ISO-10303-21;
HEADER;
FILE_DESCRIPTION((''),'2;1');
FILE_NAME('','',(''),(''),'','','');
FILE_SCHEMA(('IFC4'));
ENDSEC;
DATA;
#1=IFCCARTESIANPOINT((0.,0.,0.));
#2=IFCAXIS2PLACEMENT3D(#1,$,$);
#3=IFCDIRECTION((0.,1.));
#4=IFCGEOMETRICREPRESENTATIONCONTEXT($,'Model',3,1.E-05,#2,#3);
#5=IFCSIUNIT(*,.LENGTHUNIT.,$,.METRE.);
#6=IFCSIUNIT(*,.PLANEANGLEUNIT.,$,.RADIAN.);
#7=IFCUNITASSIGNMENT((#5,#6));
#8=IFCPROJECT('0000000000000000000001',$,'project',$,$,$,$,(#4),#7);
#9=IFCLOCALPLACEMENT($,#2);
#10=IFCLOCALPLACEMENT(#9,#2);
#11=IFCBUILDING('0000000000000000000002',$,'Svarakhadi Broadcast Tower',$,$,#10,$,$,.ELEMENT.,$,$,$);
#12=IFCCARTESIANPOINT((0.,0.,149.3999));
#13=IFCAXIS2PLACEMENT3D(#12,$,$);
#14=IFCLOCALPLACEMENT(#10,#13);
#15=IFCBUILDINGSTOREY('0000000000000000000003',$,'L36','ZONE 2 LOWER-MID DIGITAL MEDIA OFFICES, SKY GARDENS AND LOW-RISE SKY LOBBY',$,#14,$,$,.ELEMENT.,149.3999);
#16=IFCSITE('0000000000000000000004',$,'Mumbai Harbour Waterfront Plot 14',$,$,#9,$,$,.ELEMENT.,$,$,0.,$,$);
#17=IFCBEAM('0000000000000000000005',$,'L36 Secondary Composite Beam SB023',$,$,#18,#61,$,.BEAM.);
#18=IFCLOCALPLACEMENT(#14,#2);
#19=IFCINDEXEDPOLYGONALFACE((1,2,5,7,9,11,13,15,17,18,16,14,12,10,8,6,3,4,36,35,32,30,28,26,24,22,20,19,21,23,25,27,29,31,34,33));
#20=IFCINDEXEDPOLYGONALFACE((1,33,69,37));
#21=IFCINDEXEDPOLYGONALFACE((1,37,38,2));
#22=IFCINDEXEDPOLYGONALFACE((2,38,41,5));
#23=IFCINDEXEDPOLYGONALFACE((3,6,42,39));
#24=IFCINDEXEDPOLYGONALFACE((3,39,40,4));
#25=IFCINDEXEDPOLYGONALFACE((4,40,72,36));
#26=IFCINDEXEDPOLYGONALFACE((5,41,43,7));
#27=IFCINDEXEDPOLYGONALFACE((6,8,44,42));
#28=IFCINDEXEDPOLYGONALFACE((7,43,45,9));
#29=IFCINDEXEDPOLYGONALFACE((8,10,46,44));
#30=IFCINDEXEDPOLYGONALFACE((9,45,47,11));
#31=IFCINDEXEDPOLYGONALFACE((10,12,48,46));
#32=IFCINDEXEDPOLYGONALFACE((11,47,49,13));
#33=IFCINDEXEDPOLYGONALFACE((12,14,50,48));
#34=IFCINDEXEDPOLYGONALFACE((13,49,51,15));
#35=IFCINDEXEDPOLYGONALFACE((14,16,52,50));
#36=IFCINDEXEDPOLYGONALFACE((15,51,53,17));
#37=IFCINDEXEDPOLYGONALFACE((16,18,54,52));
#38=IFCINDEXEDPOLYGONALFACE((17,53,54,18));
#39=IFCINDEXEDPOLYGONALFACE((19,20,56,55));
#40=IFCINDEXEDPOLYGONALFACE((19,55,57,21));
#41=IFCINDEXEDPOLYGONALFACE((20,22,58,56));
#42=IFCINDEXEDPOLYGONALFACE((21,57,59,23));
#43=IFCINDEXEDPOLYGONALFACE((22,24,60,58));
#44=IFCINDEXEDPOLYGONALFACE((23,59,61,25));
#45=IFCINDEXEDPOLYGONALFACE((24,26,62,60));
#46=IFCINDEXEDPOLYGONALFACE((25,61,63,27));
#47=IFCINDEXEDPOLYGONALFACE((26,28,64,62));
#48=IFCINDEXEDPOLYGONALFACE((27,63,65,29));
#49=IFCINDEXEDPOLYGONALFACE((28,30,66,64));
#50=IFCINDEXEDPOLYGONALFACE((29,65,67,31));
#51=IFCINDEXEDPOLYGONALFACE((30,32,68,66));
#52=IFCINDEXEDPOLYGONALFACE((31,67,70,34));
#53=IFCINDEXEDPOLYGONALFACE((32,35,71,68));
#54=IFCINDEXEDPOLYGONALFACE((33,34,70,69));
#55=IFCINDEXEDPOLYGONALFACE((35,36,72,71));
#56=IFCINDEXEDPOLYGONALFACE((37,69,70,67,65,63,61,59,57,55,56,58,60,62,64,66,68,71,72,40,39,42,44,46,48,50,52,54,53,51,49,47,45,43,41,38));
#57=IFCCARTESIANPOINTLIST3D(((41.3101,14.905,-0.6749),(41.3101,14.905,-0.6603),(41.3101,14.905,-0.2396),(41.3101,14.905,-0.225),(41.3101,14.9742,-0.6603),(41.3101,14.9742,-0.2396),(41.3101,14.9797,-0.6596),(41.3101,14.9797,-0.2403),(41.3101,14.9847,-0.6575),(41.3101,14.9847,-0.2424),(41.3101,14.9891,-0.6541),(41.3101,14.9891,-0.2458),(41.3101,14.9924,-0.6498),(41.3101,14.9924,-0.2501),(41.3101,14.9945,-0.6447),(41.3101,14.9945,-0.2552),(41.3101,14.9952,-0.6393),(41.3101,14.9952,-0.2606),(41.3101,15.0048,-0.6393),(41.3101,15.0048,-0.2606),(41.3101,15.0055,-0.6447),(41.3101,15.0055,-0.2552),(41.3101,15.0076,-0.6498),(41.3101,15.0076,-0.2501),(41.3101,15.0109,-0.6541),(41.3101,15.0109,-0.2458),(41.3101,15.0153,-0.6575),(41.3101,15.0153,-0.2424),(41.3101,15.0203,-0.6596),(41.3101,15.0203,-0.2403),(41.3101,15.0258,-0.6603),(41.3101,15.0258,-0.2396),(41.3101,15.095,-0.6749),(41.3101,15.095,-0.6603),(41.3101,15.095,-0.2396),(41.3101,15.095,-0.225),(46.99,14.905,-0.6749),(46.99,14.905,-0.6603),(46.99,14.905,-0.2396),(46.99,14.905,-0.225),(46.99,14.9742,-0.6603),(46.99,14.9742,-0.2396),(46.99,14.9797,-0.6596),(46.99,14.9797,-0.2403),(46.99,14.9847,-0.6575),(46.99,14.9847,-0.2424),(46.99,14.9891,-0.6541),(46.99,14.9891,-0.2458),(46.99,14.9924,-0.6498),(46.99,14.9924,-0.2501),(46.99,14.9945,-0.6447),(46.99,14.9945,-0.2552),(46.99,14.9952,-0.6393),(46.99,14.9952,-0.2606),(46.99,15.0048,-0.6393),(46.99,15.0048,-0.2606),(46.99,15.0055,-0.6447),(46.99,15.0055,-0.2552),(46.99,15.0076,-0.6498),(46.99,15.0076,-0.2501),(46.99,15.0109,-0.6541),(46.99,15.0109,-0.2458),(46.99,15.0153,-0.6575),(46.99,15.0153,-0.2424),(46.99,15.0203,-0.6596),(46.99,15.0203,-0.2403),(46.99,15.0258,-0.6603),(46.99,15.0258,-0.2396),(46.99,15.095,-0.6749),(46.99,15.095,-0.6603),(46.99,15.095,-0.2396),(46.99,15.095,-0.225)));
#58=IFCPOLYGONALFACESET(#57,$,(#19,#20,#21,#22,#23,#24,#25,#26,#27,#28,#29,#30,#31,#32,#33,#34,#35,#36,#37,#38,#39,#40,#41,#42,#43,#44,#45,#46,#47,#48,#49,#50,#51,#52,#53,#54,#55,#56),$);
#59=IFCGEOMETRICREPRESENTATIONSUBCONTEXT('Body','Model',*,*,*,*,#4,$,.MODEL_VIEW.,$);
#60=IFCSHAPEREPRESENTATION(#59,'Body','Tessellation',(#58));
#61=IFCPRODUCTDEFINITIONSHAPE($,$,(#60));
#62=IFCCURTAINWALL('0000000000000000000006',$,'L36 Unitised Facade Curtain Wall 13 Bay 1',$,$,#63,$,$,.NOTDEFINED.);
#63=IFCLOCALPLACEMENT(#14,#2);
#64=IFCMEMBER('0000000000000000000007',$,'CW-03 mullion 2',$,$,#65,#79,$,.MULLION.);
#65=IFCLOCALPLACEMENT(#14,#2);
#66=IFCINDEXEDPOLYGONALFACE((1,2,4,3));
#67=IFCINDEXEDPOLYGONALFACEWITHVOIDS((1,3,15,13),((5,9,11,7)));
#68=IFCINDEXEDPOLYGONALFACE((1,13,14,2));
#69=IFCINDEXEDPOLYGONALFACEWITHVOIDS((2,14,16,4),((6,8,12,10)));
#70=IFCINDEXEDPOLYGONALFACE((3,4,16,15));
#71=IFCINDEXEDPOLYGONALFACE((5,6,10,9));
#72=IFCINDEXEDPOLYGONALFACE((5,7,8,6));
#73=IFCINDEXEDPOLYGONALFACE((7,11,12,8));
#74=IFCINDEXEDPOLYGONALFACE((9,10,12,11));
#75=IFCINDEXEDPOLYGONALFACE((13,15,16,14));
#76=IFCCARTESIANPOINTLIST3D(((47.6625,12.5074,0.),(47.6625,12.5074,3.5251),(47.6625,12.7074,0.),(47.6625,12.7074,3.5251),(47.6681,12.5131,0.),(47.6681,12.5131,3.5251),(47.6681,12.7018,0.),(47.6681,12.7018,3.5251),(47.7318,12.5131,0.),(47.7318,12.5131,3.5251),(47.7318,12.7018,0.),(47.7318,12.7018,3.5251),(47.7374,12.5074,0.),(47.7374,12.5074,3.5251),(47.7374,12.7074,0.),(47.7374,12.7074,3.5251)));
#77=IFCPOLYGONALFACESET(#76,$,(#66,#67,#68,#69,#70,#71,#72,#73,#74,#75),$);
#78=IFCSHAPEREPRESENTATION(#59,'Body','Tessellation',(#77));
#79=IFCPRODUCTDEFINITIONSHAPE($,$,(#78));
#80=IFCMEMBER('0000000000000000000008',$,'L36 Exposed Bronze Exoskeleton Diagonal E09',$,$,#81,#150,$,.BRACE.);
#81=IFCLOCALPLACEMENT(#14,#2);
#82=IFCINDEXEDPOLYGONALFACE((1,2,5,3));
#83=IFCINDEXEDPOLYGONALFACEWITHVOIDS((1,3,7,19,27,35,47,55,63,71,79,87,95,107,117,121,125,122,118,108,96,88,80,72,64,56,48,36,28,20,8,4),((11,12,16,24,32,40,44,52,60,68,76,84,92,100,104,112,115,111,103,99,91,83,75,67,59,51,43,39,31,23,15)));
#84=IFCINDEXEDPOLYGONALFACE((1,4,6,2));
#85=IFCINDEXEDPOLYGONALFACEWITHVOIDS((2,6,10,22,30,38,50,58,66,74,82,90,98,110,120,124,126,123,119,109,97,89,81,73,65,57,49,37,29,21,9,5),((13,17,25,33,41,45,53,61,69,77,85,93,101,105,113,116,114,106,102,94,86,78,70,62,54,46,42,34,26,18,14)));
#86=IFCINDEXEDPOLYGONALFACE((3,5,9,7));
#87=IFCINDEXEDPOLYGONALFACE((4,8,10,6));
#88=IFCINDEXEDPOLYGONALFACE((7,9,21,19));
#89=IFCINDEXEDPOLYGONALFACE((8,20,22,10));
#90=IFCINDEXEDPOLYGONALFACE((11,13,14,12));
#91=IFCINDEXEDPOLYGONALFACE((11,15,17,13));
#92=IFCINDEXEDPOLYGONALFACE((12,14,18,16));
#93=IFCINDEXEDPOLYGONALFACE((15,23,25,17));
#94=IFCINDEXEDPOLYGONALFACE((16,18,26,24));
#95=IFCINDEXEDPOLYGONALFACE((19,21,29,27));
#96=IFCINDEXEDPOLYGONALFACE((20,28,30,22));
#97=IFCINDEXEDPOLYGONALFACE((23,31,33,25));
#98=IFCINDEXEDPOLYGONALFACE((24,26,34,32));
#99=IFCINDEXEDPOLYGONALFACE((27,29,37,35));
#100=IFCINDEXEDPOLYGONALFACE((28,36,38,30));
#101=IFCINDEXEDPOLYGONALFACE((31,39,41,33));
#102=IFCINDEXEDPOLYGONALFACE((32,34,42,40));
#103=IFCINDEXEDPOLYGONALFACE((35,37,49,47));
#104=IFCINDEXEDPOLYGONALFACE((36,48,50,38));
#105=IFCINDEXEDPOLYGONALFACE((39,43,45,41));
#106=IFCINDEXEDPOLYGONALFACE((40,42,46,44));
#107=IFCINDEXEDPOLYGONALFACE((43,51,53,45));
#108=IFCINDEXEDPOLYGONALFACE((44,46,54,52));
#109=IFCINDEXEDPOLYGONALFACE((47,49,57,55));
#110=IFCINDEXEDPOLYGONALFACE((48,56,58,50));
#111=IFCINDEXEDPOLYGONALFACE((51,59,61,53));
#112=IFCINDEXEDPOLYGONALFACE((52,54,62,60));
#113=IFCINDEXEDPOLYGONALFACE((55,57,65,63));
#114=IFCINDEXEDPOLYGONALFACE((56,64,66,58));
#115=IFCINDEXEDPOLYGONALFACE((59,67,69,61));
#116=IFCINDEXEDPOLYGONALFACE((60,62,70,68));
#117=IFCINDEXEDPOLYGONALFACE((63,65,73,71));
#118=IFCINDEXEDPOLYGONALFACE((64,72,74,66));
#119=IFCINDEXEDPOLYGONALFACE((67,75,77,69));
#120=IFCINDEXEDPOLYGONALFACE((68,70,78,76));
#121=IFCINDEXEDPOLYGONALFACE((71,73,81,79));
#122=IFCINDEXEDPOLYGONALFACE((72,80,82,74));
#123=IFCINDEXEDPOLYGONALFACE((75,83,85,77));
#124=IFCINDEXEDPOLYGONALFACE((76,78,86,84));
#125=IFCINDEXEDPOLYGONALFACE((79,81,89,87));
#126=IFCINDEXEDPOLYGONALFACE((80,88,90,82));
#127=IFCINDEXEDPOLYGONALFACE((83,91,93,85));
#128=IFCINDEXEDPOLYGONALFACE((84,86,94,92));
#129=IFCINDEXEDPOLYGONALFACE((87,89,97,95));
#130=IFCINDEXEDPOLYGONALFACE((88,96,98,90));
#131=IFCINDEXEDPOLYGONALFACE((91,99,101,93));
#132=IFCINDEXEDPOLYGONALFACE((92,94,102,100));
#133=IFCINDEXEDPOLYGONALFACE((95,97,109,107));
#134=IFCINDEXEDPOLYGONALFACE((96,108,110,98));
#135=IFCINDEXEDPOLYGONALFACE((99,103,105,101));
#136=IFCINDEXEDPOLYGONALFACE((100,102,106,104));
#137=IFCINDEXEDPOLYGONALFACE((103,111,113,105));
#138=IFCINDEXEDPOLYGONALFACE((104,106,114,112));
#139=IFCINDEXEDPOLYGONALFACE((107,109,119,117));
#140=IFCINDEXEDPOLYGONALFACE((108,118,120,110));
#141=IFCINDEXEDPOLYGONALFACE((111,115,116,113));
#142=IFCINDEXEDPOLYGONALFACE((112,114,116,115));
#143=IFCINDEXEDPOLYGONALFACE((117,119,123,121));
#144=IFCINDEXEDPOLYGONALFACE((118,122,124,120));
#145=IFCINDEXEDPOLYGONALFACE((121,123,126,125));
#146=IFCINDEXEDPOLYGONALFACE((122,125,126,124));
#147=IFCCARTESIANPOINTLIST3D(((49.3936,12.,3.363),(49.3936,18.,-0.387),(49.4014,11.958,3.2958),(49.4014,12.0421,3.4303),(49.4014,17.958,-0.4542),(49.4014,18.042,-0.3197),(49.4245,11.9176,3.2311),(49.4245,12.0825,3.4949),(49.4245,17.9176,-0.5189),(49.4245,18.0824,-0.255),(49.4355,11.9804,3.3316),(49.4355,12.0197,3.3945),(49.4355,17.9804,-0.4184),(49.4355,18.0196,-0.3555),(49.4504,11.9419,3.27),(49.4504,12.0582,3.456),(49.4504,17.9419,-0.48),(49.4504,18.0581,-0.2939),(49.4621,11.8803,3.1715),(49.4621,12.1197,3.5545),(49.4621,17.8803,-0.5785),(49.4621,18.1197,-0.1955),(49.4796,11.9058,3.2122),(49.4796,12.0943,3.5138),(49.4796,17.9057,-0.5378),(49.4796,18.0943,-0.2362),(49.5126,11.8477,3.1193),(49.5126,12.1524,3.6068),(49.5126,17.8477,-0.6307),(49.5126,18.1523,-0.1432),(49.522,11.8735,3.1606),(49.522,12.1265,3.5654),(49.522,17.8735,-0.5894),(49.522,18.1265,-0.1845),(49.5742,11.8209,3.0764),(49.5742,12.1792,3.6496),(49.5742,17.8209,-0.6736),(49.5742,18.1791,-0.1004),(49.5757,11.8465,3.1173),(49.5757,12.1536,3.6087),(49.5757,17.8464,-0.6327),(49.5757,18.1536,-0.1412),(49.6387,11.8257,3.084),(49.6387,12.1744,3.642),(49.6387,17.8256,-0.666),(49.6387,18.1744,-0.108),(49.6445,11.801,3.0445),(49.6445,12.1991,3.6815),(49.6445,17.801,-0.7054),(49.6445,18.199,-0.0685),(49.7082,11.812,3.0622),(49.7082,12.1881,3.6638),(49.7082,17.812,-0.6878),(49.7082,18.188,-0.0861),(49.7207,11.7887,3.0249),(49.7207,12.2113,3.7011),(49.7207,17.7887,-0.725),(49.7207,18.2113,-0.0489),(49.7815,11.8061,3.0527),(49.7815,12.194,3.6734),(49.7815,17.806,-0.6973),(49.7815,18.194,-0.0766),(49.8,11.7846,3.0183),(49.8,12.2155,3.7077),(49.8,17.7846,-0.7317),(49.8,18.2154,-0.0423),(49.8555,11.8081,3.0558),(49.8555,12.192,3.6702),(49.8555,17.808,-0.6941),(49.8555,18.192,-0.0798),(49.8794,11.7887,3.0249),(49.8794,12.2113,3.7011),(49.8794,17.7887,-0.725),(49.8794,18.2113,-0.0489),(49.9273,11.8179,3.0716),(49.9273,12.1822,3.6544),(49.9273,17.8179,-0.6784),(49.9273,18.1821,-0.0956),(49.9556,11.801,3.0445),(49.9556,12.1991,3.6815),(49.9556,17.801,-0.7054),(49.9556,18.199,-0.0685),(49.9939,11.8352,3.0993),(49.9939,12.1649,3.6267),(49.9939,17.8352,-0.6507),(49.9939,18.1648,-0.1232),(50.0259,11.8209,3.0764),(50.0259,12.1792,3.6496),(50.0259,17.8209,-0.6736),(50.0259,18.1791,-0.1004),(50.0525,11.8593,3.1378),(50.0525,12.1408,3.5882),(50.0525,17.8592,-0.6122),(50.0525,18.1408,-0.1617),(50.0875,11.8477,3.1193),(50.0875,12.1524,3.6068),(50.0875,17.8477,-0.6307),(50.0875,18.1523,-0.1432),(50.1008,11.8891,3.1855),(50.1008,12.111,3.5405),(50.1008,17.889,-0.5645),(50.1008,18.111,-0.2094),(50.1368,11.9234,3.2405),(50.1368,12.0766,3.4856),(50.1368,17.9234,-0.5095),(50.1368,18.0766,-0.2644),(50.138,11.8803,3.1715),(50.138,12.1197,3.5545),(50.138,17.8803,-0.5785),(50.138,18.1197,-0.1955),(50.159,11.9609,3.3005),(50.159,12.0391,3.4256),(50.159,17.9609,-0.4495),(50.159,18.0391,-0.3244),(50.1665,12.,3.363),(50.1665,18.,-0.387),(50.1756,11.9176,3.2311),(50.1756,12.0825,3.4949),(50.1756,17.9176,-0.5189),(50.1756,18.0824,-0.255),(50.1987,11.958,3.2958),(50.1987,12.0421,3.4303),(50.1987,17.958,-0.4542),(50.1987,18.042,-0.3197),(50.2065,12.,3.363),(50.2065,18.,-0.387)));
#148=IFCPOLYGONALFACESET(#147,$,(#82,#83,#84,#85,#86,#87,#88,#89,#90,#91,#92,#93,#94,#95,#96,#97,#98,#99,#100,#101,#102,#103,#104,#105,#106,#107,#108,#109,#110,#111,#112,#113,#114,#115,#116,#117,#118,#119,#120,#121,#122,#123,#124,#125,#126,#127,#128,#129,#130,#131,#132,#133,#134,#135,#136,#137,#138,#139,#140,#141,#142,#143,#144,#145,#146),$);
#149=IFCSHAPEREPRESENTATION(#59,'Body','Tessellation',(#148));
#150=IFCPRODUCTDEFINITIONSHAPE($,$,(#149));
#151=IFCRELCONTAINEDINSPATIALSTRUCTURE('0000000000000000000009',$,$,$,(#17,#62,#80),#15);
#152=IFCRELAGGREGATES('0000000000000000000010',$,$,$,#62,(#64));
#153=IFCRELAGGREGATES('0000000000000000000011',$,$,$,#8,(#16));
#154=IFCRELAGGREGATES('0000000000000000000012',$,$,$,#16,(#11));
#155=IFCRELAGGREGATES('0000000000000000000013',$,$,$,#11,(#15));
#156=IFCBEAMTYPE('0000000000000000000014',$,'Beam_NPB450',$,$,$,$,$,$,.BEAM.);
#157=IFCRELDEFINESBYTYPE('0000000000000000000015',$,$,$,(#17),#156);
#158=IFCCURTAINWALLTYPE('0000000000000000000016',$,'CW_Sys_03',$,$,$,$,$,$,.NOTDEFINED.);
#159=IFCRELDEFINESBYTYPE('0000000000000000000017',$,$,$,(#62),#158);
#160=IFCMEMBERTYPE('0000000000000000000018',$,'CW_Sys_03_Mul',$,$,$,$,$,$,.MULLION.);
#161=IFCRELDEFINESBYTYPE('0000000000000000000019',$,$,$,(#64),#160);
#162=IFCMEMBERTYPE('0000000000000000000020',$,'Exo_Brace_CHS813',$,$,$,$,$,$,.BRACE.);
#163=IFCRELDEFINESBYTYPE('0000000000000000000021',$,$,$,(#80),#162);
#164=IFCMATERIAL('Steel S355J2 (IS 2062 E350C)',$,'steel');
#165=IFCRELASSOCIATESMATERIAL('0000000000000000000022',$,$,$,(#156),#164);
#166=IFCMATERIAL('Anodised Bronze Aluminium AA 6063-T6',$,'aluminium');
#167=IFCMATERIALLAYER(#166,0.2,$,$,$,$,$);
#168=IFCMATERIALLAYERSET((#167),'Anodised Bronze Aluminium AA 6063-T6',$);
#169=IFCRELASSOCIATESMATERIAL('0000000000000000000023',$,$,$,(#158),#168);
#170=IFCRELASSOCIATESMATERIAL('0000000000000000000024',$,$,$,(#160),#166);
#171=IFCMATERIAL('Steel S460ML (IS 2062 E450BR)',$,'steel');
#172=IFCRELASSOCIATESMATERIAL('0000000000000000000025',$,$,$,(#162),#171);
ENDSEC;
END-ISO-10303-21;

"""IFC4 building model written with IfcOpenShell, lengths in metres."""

from ifc_helpers import new_model, si_unit, direction, frame, origin, origin_2d, place, context, subcontext, project, spatial, hollow_rectangle, hollow_circle, i_section, extrude, material, layer, layer_set, material_profile, profile_set, type_object, element, aggregate, save


model = new_model("IFC4")

# Units and contexts
model_context = context("Model", 3, precision=1e-05, world=origin(), true_north=direction((0.0, 1.0)))
body_context = subcontext(model_context, "Body", "Model", "MODEL_VIEW")
ifc_project = project(units=[si_unit("LENGTHUNIT", "METRE"), si_unit("PLANEANGLEUNIT", "RADIAN")], contexts=[model_context])

# Site, building, storey
site_placement = place(None, origin())
site = spatial("IfcSite", under=ifc_project, at=site_placement, Name="Mumbai Harbour Waterfront Plot 14", CompositionType="ELEMENT", RefElevation=0.0)
building_placement = place(site_placement, origin())
building = spatial("IfcBuilding", under=site, at=building_placement, Name="Svarakhadi Broadcast Tower", CompositionType="ELEMENT")
storey_placement = place(building_placement, frame((0.0, 0.0, 149.3999)))
storey = spatial("IfcBuildingStorey", under=building, at=storey_placement, Name="L36", Description="ZONE 2 LOWER-MID DIGITAL MEDIA OFFICES, SKY GARDENS AND LOW-RISE SKY LOBBY", CompositionType="ELEMENT", Elevation=149.3999)

# Shared definitions
ifc_material_1 = material(Name="Steel S460ML (IS 2062 E450BR)", Category="steel")

# Beam
ifc_material_2 = material(Name="Steel S355J2 (IS 2062 E350C)", Category="steel")
ifc_material_profile_1 = material_profile(ifc_material_2, i_section(OverallWidth=0.1899, OverallDepth=0.45, WebThickness=0.0095, FlangeThickness=0.0146, FilletRadius=0.021, at=origin_2d()), Name="NPB 450x190x78")
ifc_profile_set_1 = profile_set([ifc_material_profile_1], Name="Steel S355J2 (IS 2062 E350C)")
beam_type_1 = type_object("IfcBeamType", Name="Beam_NPB450", PredefinedType="BEAM", material=ifc_profile_set_1)
for number, where, z_axis, x_axis, name in (
    (1, (41.3101, 15.0, -0.45), (1.0, 0.0, 0.0), (0.0, 1.0, 0.0), "L36 Secondary Composite Beam SB023"),
):
    element("IfcBeam", number, at=place(storey_placement, frame(where, z_axis=z_axis, x_axis=x_axis)), inside=storey, type_object=beam_type_1, Name=name, PredefinedType="BEAM", context=body_context, shape_type="SweptSolid", body=[
        extrude(i_section(OverallWidth=0.1899, OverallDepth=0.45, WebThickness=0.0095, FlangeThickness=0.0146, FilletRadius=0.021, at=origin_2d()), origin(), (0.0, 0.0, 1.0), 5.6799),
    ])

# Curtain wall, member
ifc_material_3 = material(Name="Anodised Bronze Aluminium AA 6063-T6", Category="aluminium")
ifc_layer_1 = layer(ifc_material_3, 0.2)
ifc_layer_set_1 = layer_set([ifc_layer_1], Name="Anodised Bronze Aluminium AA 6063-T6")
curtain_wall_type = type_object("IfcCurtainWallType", Name="CW_Sys_03", PredefinedType="NOTDEFINED", material=ifc_layer_set_1)
curtain_wall_placement = place(storey_placement, origin())
curtain_wall = element("IfcCurtainWall", 2, at=curtain_wall_placement, inside=storey, type_object=curtain_wall_type, Name="L36 Unitised Facade Curtain Wall 13 Bay 1", PredefinedType="NOTDEFINED")
ifc_material_profile_2 = material_profile(ifc_material_3, hollow_rectangle(XDim=0.075, YDim=0.2, WallThickness=0.0056, at=origin_2d()), Name="ALU MULLION 200x75x6")
ifc_profile_set_2 = profile_set([ifc_material_profile_2], Name="Anodised Bronze Aluminium AA 6063-T6")
member_type_1 = type_object("IfcMemberType", Name="CW_Sys_03_Mul", PredefinedType="MULLION", material=ifc_profile_set_2)
member_1_placement = place(storey_placement, frame((47.7, 12.6074, 0.0), z_axis=(0.0, 0.0, 1.0), x_axis=(1.0, 0.0, 0.0)))
member_1 = element("IfcMember", 3, at=member_1_placement, type_object=member_type_1, Name="CW-03 mullion 2", PredefinedType="MULLION", context=body_context, shape_type="SweptSolid", body=[
    extrude(hollow_rectangle(XDim=0.075, YDim=0.2, WallThickness=0.0056, at=origin_2d()), origin(), (0.0, 0.0, 1.0), 3.5251),
])

# Member
ifc_material_profile_3 = material_profile(ifc_material_1, hollow_circle(Radius=0.4065, WallThickness=0.04, at=origin_2d()), Name="CHS 813x40")
ifc_profile_set_3 = profile_set([ifc_material_profile_3], Name="Steel S460ML (IS 2062 E450BR)")
member_type_2 = type_object("IfcMemberType", Name="Exo_Brace_CHS813", PredefinedType="BRACE", material=ifc_profile_set_3)
member_2_placement = place(storey_placement, frame((49.8, 18.0, -0.387), z_axis=(0.0, -0.847998, 0.529999), x_axis=(1.0, 0.0, 0.0)))
element("IfcMember", 4, at=member_2_placement, inside=storey, type_object=member_type_2, Name="L36 Exposed Bronze Exoskeleton Diagonal E09", PredefinedType="BRACE", context=body_context, shape_type="SweptSolid", body=[
    extrude(hollow_circle(Radius=0.4065, WallThickness=0.04, at=origin_2d()), origin(), (0.0, 0.0, 1.0), 7.0754),
])

aggregate(curtain_wall, [member_1])

save(model, "model.ifc")
